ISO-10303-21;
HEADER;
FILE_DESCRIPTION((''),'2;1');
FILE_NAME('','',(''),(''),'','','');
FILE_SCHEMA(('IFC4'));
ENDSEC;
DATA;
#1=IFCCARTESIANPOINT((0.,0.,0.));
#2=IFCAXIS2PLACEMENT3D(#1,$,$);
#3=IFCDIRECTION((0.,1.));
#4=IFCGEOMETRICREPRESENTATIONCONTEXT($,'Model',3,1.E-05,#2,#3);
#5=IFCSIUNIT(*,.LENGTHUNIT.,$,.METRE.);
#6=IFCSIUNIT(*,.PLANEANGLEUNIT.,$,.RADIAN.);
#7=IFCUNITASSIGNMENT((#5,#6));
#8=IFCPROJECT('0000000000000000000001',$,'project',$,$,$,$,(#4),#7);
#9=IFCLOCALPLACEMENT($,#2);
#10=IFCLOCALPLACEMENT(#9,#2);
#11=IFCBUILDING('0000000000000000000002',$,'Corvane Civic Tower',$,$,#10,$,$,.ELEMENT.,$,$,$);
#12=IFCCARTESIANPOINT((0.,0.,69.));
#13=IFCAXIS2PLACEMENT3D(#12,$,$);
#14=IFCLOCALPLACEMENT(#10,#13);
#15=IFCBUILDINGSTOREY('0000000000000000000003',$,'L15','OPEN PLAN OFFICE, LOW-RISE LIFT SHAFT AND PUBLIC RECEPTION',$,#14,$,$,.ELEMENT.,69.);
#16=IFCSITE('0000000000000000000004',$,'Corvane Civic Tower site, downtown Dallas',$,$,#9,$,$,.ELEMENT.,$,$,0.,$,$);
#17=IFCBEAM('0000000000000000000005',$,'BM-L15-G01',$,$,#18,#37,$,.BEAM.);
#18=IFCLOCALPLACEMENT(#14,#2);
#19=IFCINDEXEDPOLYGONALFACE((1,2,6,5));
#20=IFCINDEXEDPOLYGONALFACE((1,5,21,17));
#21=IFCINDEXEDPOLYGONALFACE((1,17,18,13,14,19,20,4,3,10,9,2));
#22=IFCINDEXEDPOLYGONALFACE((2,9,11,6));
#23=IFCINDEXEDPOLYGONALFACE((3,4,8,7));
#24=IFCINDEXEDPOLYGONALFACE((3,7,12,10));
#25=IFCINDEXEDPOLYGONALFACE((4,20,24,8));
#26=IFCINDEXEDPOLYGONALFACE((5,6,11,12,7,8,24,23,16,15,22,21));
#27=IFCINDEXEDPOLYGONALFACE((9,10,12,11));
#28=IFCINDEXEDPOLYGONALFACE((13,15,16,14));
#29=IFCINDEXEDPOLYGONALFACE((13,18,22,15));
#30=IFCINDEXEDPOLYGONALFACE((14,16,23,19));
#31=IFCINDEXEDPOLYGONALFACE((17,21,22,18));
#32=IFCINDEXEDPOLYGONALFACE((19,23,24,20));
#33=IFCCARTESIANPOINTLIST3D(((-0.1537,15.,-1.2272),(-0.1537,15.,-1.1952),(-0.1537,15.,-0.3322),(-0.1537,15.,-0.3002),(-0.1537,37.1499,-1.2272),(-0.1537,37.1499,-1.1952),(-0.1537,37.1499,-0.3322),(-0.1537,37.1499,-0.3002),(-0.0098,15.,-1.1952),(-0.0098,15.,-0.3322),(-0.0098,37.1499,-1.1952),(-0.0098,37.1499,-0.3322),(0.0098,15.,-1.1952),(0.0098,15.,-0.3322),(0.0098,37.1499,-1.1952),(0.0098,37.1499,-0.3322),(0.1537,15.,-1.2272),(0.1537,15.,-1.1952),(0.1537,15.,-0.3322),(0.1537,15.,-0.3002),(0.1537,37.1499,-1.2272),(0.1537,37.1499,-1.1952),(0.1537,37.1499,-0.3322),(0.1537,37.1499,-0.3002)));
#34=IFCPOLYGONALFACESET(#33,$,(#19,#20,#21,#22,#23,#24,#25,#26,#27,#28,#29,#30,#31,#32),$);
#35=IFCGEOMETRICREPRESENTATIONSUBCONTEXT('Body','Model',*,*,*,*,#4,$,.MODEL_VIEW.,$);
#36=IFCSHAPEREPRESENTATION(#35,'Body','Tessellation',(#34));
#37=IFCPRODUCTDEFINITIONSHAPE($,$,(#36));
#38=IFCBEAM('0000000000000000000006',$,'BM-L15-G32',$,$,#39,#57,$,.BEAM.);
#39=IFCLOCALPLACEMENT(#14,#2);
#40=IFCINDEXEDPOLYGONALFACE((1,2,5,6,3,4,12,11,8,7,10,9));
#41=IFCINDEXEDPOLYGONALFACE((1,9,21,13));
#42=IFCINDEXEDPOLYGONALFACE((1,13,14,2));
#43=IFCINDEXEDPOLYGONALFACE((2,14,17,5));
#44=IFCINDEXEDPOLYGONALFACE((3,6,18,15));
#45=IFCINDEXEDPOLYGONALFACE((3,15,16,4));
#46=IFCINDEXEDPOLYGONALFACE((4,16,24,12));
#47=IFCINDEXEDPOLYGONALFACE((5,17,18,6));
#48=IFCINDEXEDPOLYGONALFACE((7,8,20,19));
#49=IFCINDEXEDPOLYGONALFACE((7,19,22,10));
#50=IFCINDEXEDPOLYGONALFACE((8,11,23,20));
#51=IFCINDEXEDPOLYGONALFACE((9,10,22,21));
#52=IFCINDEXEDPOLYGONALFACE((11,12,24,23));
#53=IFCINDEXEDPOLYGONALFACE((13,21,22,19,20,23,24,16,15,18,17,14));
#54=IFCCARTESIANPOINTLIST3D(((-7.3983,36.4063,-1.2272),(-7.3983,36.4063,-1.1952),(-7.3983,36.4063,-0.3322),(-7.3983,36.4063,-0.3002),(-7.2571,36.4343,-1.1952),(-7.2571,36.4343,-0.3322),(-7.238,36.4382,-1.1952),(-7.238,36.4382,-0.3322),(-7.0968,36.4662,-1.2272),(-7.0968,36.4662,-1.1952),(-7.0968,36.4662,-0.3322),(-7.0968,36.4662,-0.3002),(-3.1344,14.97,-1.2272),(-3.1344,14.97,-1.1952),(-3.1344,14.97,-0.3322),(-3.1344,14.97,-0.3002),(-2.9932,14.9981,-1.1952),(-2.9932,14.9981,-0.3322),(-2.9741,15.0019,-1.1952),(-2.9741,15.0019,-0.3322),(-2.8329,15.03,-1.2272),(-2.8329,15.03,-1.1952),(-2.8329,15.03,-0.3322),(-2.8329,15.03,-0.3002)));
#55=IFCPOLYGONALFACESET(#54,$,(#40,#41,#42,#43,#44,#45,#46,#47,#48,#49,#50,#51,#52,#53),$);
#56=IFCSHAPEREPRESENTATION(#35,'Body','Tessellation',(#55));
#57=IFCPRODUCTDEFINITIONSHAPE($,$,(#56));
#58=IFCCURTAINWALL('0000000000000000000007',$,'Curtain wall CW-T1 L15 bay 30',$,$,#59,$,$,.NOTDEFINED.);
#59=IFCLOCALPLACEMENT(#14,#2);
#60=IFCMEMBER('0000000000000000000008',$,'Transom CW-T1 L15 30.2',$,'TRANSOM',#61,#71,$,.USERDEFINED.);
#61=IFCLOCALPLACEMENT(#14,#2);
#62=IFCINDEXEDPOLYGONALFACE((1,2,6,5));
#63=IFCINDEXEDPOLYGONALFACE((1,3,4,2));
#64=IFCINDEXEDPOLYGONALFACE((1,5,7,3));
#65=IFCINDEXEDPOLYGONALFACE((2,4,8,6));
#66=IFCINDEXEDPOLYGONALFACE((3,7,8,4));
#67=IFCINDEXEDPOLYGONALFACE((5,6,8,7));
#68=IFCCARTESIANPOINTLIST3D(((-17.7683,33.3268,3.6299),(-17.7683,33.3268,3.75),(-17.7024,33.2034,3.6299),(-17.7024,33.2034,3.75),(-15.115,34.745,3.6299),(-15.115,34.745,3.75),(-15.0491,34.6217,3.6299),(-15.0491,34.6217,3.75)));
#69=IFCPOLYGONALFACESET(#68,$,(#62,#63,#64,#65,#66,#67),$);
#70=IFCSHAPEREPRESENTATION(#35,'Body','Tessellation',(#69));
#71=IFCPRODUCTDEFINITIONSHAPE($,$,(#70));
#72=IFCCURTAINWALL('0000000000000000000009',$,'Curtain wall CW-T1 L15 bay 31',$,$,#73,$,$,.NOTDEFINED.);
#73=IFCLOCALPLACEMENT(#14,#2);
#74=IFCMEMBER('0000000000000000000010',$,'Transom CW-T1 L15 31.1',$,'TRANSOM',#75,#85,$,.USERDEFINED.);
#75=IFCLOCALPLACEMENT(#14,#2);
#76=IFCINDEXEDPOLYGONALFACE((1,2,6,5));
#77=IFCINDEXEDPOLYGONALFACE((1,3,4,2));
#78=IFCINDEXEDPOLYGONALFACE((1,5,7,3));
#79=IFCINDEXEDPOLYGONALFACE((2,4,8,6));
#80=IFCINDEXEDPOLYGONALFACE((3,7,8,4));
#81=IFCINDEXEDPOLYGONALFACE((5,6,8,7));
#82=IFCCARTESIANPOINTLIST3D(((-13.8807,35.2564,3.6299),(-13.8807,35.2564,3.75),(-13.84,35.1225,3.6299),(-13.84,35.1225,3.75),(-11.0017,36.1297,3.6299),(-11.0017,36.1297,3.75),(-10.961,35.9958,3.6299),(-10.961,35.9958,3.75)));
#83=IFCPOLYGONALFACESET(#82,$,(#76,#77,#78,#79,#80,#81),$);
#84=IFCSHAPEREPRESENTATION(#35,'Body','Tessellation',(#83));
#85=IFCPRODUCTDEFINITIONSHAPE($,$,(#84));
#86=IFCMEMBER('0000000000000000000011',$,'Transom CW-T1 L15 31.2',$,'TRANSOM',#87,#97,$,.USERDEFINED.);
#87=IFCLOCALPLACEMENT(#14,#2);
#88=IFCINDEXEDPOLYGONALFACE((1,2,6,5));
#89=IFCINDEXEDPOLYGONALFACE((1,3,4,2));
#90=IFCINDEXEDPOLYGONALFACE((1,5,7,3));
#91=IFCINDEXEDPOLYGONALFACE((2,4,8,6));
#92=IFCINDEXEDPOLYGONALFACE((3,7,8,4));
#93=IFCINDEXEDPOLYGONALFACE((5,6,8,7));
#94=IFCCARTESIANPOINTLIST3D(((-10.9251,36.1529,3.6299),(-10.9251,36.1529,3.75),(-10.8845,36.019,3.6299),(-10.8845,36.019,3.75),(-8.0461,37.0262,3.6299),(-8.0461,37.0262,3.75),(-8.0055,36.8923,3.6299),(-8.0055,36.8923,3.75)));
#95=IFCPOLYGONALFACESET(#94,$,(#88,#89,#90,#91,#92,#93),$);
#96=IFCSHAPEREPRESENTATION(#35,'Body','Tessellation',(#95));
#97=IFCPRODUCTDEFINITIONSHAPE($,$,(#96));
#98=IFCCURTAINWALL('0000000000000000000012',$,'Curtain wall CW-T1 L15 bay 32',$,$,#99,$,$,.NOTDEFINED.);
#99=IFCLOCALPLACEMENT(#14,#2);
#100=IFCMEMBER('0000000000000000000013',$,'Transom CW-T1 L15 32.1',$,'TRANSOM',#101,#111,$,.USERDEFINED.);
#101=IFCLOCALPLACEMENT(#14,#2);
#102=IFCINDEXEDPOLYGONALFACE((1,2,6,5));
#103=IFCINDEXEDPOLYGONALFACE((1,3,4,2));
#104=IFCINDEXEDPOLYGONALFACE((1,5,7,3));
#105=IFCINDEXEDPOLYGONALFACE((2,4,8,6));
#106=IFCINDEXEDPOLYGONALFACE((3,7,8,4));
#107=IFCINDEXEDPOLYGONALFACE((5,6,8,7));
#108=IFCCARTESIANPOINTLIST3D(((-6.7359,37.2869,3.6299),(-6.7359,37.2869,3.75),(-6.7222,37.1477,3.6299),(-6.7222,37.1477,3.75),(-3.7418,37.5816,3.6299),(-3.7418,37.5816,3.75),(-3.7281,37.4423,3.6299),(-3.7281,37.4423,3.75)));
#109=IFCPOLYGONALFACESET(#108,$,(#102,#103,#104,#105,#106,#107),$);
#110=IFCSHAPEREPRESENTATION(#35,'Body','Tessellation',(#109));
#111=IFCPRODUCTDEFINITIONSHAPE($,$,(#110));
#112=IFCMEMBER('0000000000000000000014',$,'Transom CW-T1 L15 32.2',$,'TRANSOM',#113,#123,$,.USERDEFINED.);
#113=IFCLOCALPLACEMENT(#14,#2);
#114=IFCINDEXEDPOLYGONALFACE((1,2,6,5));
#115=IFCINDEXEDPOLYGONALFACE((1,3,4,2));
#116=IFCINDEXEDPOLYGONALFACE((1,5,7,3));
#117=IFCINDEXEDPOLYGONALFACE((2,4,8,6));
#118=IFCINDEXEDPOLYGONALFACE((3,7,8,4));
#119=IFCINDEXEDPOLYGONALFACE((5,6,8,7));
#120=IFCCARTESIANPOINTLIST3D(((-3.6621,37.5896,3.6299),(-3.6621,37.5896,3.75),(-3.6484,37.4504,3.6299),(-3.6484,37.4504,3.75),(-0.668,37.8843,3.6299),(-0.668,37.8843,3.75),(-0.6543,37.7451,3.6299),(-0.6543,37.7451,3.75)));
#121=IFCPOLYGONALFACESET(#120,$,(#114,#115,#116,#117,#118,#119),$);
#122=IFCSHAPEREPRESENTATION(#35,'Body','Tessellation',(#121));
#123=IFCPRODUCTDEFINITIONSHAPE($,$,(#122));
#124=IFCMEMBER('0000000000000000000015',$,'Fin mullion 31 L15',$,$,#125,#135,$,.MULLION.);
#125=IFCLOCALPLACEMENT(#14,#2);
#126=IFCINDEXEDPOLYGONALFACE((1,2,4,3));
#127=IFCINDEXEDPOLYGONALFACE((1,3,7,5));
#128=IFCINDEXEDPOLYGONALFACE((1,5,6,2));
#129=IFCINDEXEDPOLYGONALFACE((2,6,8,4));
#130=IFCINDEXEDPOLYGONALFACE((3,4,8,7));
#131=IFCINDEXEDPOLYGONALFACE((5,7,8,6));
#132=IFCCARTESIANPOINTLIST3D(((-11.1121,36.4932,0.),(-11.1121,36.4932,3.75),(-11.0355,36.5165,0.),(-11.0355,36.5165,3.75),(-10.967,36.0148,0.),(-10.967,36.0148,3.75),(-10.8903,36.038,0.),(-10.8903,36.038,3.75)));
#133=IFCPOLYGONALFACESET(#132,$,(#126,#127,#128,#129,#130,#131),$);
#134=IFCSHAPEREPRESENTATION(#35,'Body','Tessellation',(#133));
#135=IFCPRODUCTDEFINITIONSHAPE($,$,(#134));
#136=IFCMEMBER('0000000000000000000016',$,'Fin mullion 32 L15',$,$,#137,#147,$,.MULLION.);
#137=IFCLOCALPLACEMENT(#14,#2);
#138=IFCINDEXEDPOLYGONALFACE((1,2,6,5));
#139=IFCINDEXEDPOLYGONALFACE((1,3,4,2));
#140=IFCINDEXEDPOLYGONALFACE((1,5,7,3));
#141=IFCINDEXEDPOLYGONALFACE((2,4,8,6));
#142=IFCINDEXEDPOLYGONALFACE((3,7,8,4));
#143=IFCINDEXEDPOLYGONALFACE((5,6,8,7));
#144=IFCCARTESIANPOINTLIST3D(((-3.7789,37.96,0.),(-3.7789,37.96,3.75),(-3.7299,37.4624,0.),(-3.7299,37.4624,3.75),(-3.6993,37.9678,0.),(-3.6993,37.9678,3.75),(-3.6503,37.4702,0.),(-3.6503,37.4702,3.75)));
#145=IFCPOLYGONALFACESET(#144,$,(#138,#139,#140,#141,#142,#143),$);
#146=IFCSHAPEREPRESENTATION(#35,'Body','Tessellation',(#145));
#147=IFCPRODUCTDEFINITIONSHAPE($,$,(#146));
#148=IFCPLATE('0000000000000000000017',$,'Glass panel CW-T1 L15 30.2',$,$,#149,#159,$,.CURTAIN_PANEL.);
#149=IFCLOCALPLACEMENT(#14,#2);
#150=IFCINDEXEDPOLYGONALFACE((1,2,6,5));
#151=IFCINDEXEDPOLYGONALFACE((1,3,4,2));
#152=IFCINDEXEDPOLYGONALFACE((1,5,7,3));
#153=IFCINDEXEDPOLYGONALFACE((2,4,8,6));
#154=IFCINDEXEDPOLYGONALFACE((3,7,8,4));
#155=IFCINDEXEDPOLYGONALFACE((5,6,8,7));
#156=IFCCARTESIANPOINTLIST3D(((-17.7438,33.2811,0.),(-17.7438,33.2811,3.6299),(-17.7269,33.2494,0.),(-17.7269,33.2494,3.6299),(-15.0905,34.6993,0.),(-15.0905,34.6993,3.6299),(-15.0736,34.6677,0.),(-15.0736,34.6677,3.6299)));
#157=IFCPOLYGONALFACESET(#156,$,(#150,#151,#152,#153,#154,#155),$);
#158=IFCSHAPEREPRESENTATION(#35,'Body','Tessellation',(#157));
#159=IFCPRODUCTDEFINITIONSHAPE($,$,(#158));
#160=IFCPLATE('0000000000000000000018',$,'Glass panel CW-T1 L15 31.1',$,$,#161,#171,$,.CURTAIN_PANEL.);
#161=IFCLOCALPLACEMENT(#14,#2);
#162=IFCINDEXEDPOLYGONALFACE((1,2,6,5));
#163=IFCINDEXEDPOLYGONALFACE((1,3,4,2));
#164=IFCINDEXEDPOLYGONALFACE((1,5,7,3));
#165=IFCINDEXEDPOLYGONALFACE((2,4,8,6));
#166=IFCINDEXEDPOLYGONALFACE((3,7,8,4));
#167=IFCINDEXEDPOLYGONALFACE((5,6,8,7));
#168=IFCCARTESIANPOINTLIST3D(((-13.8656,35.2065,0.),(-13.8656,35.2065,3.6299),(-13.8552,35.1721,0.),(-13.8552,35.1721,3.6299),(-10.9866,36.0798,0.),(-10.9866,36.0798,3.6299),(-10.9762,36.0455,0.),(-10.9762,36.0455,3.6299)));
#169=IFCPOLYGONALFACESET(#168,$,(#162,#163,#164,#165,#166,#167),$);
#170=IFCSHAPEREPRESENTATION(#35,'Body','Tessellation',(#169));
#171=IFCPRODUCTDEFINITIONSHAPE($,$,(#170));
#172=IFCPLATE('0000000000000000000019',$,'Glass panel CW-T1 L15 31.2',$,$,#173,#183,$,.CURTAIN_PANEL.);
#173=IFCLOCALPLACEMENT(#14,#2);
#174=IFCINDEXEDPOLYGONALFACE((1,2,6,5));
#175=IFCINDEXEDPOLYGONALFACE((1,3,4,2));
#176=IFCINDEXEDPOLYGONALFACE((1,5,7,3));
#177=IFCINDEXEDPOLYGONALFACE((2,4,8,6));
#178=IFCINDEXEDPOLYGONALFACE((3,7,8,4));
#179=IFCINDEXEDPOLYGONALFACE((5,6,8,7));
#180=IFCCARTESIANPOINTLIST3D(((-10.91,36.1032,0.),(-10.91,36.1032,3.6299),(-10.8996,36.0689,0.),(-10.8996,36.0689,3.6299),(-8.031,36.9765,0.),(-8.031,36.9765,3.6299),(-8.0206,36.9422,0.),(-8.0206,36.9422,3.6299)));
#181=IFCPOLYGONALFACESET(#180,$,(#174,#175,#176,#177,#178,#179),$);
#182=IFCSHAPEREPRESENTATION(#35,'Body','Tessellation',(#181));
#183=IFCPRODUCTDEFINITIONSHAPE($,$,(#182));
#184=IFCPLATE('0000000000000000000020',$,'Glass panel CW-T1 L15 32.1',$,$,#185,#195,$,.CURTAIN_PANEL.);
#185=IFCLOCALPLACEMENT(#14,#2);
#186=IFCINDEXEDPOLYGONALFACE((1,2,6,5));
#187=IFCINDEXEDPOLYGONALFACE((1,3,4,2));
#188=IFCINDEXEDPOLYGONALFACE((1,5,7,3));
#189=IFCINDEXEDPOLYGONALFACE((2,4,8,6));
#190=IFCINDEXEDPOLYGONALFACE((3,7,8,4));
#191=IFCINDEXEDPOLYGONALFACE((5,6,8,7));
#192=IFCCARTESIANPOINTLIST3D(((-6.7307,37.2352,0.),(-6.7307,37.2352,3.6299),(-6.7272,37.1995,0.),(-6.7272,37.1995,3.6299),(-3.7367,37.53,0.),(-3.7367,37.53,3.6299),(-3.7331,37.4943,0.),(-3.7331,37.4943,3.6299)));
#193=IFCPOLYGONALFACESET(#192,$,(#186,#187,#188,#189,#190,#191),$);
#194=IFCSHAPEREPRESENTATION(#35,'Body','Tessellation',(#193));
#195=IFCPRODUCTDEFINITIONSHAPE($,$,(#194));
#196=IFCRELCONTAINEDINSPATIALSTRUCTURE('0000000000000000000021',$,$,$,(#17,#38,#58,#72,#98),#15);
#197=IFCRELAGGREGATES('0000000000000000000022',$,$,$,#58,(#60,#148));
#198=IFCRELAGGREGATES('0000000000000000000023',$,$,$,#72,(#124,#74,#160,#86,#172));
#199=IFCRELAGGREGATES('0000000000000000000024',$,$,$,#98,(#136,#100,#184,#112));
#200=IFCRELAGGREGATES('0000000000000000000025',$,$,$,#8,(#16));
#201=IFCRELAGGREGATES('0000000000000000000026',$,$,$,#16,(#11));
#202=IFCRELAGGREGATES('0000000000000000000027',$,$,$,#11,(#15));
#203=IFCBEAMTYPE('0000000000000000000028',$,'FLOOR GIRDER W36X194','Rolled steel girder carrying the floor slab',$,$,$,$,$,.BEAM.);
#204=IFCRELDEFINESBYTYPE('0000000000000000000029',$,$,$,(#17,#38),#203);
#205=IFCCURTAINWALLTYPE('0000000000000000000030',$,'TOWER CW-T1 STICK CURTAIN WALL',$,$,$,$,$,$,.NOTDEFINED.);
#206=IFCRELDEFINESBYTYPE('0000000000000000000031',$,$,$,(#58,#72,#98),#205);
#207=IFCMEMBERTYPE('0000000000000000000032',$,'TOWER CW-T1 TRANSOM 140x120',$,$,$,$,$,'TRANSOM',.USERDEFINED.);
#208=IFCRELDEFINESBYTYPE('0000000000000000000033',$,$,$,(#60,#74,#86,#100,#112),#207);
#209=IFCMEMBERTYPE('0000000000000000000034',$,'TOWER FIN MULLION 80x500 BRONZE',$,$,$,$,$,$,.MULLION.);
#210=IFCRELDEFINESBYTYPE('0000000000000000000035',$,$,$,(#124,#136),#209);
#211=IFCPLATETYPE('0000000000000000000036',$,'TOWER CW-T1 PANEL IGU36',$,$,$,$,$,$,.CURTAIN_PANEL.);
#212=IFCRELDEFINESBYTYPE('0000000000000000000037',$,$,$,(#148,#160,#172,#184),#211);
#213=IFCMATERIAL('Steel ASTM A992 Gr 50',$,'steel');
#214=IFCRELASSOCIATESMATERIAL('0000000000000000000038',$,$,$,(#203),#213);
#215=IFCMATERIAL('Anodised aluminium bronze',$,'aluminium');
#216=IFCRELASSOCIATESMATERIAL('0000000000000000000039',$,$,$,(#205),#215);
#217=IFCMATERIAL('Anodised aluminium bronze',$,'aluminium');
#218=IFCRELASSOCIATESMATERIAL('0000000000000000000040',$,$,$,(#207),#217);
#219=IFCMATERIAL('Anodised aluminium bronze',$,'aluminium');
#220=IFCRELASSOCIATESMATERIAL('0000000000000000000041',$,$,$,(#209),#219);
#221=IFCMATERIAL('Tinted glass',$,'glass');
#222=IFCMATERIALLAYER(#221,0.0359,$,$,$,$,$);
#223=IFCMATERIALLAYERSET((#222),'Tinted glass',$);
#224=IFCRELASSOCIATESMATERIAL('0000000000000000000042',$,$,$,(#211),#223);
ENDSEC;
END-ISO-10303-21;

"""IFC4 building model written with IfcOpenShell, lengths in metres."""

from ifc_helpers import new_model, si_unit, direction, frame, origin, origin_2d, place, context, subcontext, project, spatial, rectangle, i_section, extrude, material, layer, layer_set, material_profile, profile_set, type_object, element, aggregate, save


model = new_model("IFC4")

# Units and contexts
model_context = context("Model", 3, precision=1e-05, world=origin(), true_north=direction((0.0, 1.0)))
body_context = subcontext(model_context, "Body", "Model", "MODEL_VIEW")
ifc_project = project(units=[si_unit("LENGTHUNIT", "METRE"), si_unit("PLANEANGLEUNIT", "RADIAN")], contexts=[model_context])

# Site, building, storey
site_placement = place(None, origin())
site = spatial("IfcSite", under=ifc_project, at=site_placement, Name="Corvane Civic Tower site, downtown Dallas", CompositionType="ELEMENT", RefElevation=0.0)
building_placement = place(site_placement, origin())
building = spatial("IfcBuilding", under=site, at=building_placement, Name="Corvane Civic Tower", CompositionType="ELEMENT")
storey_placement = place(building_placement, frame((0.0, 0.0, 69.0)))
storey = spatial("IfcBuildingStorey", under=building, at=storey_placement, Name="L15", Description="OPEN PLAN OFFICE, LOW-RISE LIFT SHAFT AND PUBLIC RECEPTION", CompositionType="ELEMENT", Elevation=69.0)

# Beams
ifc_material_1 = material(Name="Steel ASTM A992 Gr 50", Category="steel")
ifc_material_profile_1 = material_profile(ifc_material_1, i_section(OverallWidth=0.3074, OverallDepth=0.927, WebThickness=0.0195, FlangeThickness=0.032, at=origin_2d()), Name="W36X194")
ifc_profile_set_1 = profile_set([ifc_material_profile_1], Name="Steel ASTM A992 Gr 50")
beam_type_1 = type_object("IfcBeamType", Name="FLOOR GIRDER W36X194", Description="Rolled steel girder carrying the floor slab", PredefinedType="BEAM", material=ifc_profile_set_1)
beam_1_placement = place(storey_placement, frame((0.0, 15.0, -0.7637), z_axis=(0.0, 1.0, 0.0), x_axis=(-1.0, 0.0, 0.0)))
element("IfcBeam", 1, at=beam_1_placement, inside=storey, type_object=beam_type_1, Name="BM-L15-G01", PredefinedType="BEAM", context=body_context, shape_type="SweptSolid", body=[
    extrude(i_section(OverallWidth=0.3074, OverallDepth=0.927, WebThickness=0.0195, FlangeThickness=0.032, at=origin_2d()), origin(), (0.0, 0.0, 1.0), 22.1499),
])
beam_2_placement = place(storey_placement, frame((-2.9836, 15.0, -0.7637), z_axis=(-0.195089, 0.980785, 0.0), x_axis=(-0.980785, -0.195089, 0.0)))
element("IfcBeam", 2, at=beam_2_placement, inside=storey, type_object=beam_type_1, Name="BM-L15-G32", PredefinedType="BEAM", context=body_context, shape_type="SweptSolid", body=[
    extrude(i_section(OverallWidth=0.3074, OverallDepth=0.927, WebThickness=0.0195, FlangeThickness=0.032, at=origin_2d()), origin(), (0.0, 0.0, 1.0), 21.8562),
])

# Curtain wall, member
ifc_material_2 = material(Name="Anodised aluminium bronze", Category="aluminium")
curtain_wall_type = type_object("IfcCurtainWallType", Name="TOWER CW-T1 STICK CURTAIN WALL", PredefinedType="NOTDEFINED", material=ifc_material_2)
curtain_wall_1_placement = place(storey_placement, origin())
curtain_wall_1 = element("IfcCurtainWall", 3, at=curtain_wall_1_placement, inside=storey, type_object=curtain_wall_type, Name="Curtain wall CW-T1 L15 bay 30", PredefinedType="NOTDEFINED")
ifc_material_3 = material(Name="Anodised aluminium bronze", Category="aluminium")
ifc_material_profile_2 = material_profile(ifc_material_3, rectangle(XDim=0.1399, YDim=0.1201, at=origin_2d()), Name="TOWER CW-T1 TRANSOM 140x120")
ifc_profile_set_2 = profile_set([ifc_material_profile_2], Name="Anodised aluminium bronze")
member_type_1 = type_object("IfcMemberType", Name="TOWER CW-T1 TRANSOM 140x120", ElementType="TRANSOM", PredefinedType="USERDEFINED", material=ifc_profile_set_2)
member_1_placement = place(storey_placement, frame((-17.7354, 33.2651, 3.6899), z_axis=(0.881924, 0.471393, 0.0), x_axis=(-0.471393, 0.881924, 0.0)))
member_1 = element("IfcMember", 4, at=member_1_placement, type_object=member_type_1, Name="Transom CW-T1 L15 30.2", ObjectType="TRANSOM", PredefinedType="USERDEFINED", context=body_context, shape_type="SweptSolid", body=[
    extrude(rectangle(XDim=0.1399, YDim=0.1201, at=origin_2d()), origin(), (0.0, 0.0, 1.0), 3.0085),
])

# Curtain walls, members
curtain_wall_2_placement = place(storey_placement, origin())
curtain_wall_2 = element("IfcCurtainWall", 5, at=curtain_wall_2_placement, inside=storey, type_object=curtain_wall_type, Name="Curtain wall CW-T1 L15 bay 31", PredefinedType="NOTDEFINED")
member_2_placement = place(storey_placement, frame((-13.8604, 35.1895, 3.6899), z_axis=(0.956942, 0.29028, 0.0), x_axis=(-0.29028, 0.956942, 0.0)))
member_2 = element("IfcMember", 6, at=member_2_placement, type_object=member_type_1, Name="Transom CW-T1 L15 31.1", ObjectType="TRANSOM", PredefinedType="USERDEFINED", context=body_context, shape_type="SweptSolid", body=[
    extrude(rectangle(XDim=0.1399, YDim=0.1201, at=origin_2d()), origin(), (0.0, 0.0, 1.0), 3.0085),
])
member_3_placement = place(storey_placement, frame((-10.9048, 36.0859, 3.6899), z_axis=(0.956942, 0.29028, 0.0), x_axis=(-0.29028, 0.956942, 0.0)))
member_3 = element("IfcMember", 7, at=member_3_placement, type_object=member_type_1, Name="Transom CW-T1 L15 31.2", ObjectType="TRANSOM", PredefinedType="USERDEFINED", context=body_context, shape_type="SweptSolid", body=[
    extrude(rectangle(XDim=0.1399, YDim=0.1201, at=origin_2d()), origin(), (0.0, 0.0, 1.0), 3.0085),
])
curtain_wall_3_placement = place(storey_placement, origin())
curtain_wall_3 = element("IfcCurtainWall", 8, at=curtain_wall_3_placement, inside=storey, type_object=curtain_wall_type, Name="Curtain wall CW-T1 L15 bay 32", PredefinedType="NOTDEFINED")
member_4_placement = place(storey_placement, frame((-6.729, 37.2173, 3.6899), z_axis=(0.995192, 0.097945, 0.0), x_axis=(-0.097945, 0.995192, 0.0)))
member_4 = element("IfcMember", 9, at=member_4_placement, type_object=member_type_1, Name="Transom CW-T1 L15 32.1", ObjectType="TRANSOM", PredefinedType="USERDEFINED", context=body_context, shape_type="SweptSolid", body=[
    extrude(rectangle(XDim=0.1399, YDim=0.1201, at=origin_2d()), origin(), (0.0, 0.0, 1.0), 3.0085),
])
member_5_placement = place(storey_placement, frame((-3.6553, 37.52, 3.6899), z_axis=(0.995192, 0.097945, 0.0), x_axis=(-0.097945, 0.995192, 0.0)))
member_5 = element("IfcMember", 10, at=member_5_placement, type_object=member_type_1, Name="Transom CW-T1 L15 32.2", ObjectType="TRANSOM", PredefinedType="USERDEFINED", context=body_context, shape_type="SweptSolid", body=[
    extrude(rectangle(XDim=0.1399, YDim=0.1201, at=origin_2d()), origin(), (0.0, 0.0, 1.0), 3.0085),
])

# Members
ifc_material_4 = material(Name="Anodised aluminium bronze", Category="aluminium")
ifc_material_profile_3 = material_profile(ifc_material_4, rectangle(XDim=0.0801, YDim=0.5, at=origin_2d()), Name="TOWER FIN MULLION 80x500 BRONZE")
ifc_profile_set_3 = profile_set([ifc_material_profile_3], Name="Anodised aluminium bronze")
member_type_2 = type_object("IfcMemberType", Name="TOWER FIN MULLION 80x500 BRONZE", PredefinedType="MULLION", material=ifc_profile_set_3)
member_6_placement = place(storey_placement, frame((-11.0012, 36.2656, 0.0), z_axis=(0.0, 0.0, 1.0), x_axis=(0.956942, 0.290278, 0.0)))
member_6 = element("IfcMember", 11, at=member_6_placement, type_object=member_type_2, Name="Fin mullion 31 L15", PredefinedType="MULLION", context=body_context, shape_type="SweptSolid", body=[
    extrude(rectangle(XDim=0.0801, YDim=0.5, at=origin_2d()), origin(), (0.0, 0.0, 1.0), 3.75),
])
member_7_placement = place(storey_placement, frame((-3.7146, 37.7151, 0.0), z_axis=(0.0, 0.0, 1.0), x_axis=(0.995186, 0.098006, 0.0)))
member_7 = element("IfcMember", 12, at=member_7_placement, type_object=member_type_2, Name="Fin mullion 32 L15", PredefinedType="MULLION", context=body_context, shape_type="SweptSolid", body=[
    extrude(rectangle(XDim=0.0801, YDim=0.5, at=origin_2d()), origin(), (0.0, 0.0, 1.0), 3.75),
])

# Plates
ifc_material_5 = material(Name="Tinted glass", Category="glass")
ifc_layer_1 = layer(ifc_material_5, 0.0359)
ifc_layer_set_1 = layer_set([ifc_layer_1], Name="Tinted glass")
plate_type = type_object("IfcPlateType", Name="TOWER CW-T1 PANEL IGU36", PredefinedType="CURTAIN_PANEL", material=ifc_layer_set_1)
plate_1_placement = place(storey_placement, frame((-16.4087, 33.9744, 0.0), z_axis=(0.0, 0.0, 1.0), x_axis=(0.881918, 0.471404, 0.0)))
plate_1 = element("IfcPlate", 13, at=plate_1_placement, type_object=plate_type, Name="Glass panel CW-T1 L15 30.2", PredefinedType="CURTAIN_PANEL", context=body_context, shape_type="SweptSolid", body=[
    extrude(rectangle(XDim=3.0085, YDim=0.0359, at=origin_2d()), origin(), (0.0, 0.0, 1.0), 3.6299),
])
aggregate(curtain_wall_1, [member_1, plate_1])
plate_2_placement = place(storey_placement, frame((-12.4209, 35.626, 0.0), z_axis=(0.0, 0.0, 1.0), x_axis=(0.956942, 0.290278, 0.0)))
plate_2 = element("IfcPlate", 14, at=plate_2_placement, type_object=plate_type, Name="Glass panel CW-T1 L15 31.1", PredefinedType="CURTAIN_PANEL", context=body_context, shape_type="SweptSolid", body=[
    extrude(rectangle(XDim=3.0085, YDim=0.0359, at=origin_2d()), origin(), (0.0, 0.0, 1.0), 3.6299),
])
plate_3_placement = place(storey_placement, frame((-9.4653, 36.5227, 0.0), z_axis=(0.0, 0.0, 1.0), x_axis=(0.956942, 0.290278, 0.0)))
plate_3 = element("IfcPlate", 15, at=plate_3_placement, type_object=plate_type, Name="Glass panel CW-T1 L15 31.2", PredefinedType="CURTAIN_PANEL", context=body_context, shape_type="SweptSolid", body=[
    extrude(rectangle(XDim=3.0085, YDim=0.0359, at=origin_2d()), origin(), (0.0, 0.0, 1.0), 3.6299),
])
aggregate(curtain_wall_2, [member_6, member_2, plate_2, member_3, plate_3])
plate_4_placement = place(storey_placement, frame((-5.2319, 37.3647, 0.0), z_axis=(0.0, 0.0, 1.0), x_axis=(0.995186, 0.098006, 0.0)))
plate_4 = element("IfcPlate", 16, at=plate_4_placement, type_object=plate_type, Name="Glass panel CW-T1 L15 32.1", PredefinedType="CURTAIN_PANEL", context=body_context, shape_type="SweptSolid", body=[
    extrude(rectangle(XDim=3.0085, YDim=0.0359, at=origin_2d()), origin(), (0.0, 0.0, 1.0), 3.6299),
])
aggregate(curtain_wall_3, [member_7, member_4, plate_4, member_5])

save(model, "model.ifc")
